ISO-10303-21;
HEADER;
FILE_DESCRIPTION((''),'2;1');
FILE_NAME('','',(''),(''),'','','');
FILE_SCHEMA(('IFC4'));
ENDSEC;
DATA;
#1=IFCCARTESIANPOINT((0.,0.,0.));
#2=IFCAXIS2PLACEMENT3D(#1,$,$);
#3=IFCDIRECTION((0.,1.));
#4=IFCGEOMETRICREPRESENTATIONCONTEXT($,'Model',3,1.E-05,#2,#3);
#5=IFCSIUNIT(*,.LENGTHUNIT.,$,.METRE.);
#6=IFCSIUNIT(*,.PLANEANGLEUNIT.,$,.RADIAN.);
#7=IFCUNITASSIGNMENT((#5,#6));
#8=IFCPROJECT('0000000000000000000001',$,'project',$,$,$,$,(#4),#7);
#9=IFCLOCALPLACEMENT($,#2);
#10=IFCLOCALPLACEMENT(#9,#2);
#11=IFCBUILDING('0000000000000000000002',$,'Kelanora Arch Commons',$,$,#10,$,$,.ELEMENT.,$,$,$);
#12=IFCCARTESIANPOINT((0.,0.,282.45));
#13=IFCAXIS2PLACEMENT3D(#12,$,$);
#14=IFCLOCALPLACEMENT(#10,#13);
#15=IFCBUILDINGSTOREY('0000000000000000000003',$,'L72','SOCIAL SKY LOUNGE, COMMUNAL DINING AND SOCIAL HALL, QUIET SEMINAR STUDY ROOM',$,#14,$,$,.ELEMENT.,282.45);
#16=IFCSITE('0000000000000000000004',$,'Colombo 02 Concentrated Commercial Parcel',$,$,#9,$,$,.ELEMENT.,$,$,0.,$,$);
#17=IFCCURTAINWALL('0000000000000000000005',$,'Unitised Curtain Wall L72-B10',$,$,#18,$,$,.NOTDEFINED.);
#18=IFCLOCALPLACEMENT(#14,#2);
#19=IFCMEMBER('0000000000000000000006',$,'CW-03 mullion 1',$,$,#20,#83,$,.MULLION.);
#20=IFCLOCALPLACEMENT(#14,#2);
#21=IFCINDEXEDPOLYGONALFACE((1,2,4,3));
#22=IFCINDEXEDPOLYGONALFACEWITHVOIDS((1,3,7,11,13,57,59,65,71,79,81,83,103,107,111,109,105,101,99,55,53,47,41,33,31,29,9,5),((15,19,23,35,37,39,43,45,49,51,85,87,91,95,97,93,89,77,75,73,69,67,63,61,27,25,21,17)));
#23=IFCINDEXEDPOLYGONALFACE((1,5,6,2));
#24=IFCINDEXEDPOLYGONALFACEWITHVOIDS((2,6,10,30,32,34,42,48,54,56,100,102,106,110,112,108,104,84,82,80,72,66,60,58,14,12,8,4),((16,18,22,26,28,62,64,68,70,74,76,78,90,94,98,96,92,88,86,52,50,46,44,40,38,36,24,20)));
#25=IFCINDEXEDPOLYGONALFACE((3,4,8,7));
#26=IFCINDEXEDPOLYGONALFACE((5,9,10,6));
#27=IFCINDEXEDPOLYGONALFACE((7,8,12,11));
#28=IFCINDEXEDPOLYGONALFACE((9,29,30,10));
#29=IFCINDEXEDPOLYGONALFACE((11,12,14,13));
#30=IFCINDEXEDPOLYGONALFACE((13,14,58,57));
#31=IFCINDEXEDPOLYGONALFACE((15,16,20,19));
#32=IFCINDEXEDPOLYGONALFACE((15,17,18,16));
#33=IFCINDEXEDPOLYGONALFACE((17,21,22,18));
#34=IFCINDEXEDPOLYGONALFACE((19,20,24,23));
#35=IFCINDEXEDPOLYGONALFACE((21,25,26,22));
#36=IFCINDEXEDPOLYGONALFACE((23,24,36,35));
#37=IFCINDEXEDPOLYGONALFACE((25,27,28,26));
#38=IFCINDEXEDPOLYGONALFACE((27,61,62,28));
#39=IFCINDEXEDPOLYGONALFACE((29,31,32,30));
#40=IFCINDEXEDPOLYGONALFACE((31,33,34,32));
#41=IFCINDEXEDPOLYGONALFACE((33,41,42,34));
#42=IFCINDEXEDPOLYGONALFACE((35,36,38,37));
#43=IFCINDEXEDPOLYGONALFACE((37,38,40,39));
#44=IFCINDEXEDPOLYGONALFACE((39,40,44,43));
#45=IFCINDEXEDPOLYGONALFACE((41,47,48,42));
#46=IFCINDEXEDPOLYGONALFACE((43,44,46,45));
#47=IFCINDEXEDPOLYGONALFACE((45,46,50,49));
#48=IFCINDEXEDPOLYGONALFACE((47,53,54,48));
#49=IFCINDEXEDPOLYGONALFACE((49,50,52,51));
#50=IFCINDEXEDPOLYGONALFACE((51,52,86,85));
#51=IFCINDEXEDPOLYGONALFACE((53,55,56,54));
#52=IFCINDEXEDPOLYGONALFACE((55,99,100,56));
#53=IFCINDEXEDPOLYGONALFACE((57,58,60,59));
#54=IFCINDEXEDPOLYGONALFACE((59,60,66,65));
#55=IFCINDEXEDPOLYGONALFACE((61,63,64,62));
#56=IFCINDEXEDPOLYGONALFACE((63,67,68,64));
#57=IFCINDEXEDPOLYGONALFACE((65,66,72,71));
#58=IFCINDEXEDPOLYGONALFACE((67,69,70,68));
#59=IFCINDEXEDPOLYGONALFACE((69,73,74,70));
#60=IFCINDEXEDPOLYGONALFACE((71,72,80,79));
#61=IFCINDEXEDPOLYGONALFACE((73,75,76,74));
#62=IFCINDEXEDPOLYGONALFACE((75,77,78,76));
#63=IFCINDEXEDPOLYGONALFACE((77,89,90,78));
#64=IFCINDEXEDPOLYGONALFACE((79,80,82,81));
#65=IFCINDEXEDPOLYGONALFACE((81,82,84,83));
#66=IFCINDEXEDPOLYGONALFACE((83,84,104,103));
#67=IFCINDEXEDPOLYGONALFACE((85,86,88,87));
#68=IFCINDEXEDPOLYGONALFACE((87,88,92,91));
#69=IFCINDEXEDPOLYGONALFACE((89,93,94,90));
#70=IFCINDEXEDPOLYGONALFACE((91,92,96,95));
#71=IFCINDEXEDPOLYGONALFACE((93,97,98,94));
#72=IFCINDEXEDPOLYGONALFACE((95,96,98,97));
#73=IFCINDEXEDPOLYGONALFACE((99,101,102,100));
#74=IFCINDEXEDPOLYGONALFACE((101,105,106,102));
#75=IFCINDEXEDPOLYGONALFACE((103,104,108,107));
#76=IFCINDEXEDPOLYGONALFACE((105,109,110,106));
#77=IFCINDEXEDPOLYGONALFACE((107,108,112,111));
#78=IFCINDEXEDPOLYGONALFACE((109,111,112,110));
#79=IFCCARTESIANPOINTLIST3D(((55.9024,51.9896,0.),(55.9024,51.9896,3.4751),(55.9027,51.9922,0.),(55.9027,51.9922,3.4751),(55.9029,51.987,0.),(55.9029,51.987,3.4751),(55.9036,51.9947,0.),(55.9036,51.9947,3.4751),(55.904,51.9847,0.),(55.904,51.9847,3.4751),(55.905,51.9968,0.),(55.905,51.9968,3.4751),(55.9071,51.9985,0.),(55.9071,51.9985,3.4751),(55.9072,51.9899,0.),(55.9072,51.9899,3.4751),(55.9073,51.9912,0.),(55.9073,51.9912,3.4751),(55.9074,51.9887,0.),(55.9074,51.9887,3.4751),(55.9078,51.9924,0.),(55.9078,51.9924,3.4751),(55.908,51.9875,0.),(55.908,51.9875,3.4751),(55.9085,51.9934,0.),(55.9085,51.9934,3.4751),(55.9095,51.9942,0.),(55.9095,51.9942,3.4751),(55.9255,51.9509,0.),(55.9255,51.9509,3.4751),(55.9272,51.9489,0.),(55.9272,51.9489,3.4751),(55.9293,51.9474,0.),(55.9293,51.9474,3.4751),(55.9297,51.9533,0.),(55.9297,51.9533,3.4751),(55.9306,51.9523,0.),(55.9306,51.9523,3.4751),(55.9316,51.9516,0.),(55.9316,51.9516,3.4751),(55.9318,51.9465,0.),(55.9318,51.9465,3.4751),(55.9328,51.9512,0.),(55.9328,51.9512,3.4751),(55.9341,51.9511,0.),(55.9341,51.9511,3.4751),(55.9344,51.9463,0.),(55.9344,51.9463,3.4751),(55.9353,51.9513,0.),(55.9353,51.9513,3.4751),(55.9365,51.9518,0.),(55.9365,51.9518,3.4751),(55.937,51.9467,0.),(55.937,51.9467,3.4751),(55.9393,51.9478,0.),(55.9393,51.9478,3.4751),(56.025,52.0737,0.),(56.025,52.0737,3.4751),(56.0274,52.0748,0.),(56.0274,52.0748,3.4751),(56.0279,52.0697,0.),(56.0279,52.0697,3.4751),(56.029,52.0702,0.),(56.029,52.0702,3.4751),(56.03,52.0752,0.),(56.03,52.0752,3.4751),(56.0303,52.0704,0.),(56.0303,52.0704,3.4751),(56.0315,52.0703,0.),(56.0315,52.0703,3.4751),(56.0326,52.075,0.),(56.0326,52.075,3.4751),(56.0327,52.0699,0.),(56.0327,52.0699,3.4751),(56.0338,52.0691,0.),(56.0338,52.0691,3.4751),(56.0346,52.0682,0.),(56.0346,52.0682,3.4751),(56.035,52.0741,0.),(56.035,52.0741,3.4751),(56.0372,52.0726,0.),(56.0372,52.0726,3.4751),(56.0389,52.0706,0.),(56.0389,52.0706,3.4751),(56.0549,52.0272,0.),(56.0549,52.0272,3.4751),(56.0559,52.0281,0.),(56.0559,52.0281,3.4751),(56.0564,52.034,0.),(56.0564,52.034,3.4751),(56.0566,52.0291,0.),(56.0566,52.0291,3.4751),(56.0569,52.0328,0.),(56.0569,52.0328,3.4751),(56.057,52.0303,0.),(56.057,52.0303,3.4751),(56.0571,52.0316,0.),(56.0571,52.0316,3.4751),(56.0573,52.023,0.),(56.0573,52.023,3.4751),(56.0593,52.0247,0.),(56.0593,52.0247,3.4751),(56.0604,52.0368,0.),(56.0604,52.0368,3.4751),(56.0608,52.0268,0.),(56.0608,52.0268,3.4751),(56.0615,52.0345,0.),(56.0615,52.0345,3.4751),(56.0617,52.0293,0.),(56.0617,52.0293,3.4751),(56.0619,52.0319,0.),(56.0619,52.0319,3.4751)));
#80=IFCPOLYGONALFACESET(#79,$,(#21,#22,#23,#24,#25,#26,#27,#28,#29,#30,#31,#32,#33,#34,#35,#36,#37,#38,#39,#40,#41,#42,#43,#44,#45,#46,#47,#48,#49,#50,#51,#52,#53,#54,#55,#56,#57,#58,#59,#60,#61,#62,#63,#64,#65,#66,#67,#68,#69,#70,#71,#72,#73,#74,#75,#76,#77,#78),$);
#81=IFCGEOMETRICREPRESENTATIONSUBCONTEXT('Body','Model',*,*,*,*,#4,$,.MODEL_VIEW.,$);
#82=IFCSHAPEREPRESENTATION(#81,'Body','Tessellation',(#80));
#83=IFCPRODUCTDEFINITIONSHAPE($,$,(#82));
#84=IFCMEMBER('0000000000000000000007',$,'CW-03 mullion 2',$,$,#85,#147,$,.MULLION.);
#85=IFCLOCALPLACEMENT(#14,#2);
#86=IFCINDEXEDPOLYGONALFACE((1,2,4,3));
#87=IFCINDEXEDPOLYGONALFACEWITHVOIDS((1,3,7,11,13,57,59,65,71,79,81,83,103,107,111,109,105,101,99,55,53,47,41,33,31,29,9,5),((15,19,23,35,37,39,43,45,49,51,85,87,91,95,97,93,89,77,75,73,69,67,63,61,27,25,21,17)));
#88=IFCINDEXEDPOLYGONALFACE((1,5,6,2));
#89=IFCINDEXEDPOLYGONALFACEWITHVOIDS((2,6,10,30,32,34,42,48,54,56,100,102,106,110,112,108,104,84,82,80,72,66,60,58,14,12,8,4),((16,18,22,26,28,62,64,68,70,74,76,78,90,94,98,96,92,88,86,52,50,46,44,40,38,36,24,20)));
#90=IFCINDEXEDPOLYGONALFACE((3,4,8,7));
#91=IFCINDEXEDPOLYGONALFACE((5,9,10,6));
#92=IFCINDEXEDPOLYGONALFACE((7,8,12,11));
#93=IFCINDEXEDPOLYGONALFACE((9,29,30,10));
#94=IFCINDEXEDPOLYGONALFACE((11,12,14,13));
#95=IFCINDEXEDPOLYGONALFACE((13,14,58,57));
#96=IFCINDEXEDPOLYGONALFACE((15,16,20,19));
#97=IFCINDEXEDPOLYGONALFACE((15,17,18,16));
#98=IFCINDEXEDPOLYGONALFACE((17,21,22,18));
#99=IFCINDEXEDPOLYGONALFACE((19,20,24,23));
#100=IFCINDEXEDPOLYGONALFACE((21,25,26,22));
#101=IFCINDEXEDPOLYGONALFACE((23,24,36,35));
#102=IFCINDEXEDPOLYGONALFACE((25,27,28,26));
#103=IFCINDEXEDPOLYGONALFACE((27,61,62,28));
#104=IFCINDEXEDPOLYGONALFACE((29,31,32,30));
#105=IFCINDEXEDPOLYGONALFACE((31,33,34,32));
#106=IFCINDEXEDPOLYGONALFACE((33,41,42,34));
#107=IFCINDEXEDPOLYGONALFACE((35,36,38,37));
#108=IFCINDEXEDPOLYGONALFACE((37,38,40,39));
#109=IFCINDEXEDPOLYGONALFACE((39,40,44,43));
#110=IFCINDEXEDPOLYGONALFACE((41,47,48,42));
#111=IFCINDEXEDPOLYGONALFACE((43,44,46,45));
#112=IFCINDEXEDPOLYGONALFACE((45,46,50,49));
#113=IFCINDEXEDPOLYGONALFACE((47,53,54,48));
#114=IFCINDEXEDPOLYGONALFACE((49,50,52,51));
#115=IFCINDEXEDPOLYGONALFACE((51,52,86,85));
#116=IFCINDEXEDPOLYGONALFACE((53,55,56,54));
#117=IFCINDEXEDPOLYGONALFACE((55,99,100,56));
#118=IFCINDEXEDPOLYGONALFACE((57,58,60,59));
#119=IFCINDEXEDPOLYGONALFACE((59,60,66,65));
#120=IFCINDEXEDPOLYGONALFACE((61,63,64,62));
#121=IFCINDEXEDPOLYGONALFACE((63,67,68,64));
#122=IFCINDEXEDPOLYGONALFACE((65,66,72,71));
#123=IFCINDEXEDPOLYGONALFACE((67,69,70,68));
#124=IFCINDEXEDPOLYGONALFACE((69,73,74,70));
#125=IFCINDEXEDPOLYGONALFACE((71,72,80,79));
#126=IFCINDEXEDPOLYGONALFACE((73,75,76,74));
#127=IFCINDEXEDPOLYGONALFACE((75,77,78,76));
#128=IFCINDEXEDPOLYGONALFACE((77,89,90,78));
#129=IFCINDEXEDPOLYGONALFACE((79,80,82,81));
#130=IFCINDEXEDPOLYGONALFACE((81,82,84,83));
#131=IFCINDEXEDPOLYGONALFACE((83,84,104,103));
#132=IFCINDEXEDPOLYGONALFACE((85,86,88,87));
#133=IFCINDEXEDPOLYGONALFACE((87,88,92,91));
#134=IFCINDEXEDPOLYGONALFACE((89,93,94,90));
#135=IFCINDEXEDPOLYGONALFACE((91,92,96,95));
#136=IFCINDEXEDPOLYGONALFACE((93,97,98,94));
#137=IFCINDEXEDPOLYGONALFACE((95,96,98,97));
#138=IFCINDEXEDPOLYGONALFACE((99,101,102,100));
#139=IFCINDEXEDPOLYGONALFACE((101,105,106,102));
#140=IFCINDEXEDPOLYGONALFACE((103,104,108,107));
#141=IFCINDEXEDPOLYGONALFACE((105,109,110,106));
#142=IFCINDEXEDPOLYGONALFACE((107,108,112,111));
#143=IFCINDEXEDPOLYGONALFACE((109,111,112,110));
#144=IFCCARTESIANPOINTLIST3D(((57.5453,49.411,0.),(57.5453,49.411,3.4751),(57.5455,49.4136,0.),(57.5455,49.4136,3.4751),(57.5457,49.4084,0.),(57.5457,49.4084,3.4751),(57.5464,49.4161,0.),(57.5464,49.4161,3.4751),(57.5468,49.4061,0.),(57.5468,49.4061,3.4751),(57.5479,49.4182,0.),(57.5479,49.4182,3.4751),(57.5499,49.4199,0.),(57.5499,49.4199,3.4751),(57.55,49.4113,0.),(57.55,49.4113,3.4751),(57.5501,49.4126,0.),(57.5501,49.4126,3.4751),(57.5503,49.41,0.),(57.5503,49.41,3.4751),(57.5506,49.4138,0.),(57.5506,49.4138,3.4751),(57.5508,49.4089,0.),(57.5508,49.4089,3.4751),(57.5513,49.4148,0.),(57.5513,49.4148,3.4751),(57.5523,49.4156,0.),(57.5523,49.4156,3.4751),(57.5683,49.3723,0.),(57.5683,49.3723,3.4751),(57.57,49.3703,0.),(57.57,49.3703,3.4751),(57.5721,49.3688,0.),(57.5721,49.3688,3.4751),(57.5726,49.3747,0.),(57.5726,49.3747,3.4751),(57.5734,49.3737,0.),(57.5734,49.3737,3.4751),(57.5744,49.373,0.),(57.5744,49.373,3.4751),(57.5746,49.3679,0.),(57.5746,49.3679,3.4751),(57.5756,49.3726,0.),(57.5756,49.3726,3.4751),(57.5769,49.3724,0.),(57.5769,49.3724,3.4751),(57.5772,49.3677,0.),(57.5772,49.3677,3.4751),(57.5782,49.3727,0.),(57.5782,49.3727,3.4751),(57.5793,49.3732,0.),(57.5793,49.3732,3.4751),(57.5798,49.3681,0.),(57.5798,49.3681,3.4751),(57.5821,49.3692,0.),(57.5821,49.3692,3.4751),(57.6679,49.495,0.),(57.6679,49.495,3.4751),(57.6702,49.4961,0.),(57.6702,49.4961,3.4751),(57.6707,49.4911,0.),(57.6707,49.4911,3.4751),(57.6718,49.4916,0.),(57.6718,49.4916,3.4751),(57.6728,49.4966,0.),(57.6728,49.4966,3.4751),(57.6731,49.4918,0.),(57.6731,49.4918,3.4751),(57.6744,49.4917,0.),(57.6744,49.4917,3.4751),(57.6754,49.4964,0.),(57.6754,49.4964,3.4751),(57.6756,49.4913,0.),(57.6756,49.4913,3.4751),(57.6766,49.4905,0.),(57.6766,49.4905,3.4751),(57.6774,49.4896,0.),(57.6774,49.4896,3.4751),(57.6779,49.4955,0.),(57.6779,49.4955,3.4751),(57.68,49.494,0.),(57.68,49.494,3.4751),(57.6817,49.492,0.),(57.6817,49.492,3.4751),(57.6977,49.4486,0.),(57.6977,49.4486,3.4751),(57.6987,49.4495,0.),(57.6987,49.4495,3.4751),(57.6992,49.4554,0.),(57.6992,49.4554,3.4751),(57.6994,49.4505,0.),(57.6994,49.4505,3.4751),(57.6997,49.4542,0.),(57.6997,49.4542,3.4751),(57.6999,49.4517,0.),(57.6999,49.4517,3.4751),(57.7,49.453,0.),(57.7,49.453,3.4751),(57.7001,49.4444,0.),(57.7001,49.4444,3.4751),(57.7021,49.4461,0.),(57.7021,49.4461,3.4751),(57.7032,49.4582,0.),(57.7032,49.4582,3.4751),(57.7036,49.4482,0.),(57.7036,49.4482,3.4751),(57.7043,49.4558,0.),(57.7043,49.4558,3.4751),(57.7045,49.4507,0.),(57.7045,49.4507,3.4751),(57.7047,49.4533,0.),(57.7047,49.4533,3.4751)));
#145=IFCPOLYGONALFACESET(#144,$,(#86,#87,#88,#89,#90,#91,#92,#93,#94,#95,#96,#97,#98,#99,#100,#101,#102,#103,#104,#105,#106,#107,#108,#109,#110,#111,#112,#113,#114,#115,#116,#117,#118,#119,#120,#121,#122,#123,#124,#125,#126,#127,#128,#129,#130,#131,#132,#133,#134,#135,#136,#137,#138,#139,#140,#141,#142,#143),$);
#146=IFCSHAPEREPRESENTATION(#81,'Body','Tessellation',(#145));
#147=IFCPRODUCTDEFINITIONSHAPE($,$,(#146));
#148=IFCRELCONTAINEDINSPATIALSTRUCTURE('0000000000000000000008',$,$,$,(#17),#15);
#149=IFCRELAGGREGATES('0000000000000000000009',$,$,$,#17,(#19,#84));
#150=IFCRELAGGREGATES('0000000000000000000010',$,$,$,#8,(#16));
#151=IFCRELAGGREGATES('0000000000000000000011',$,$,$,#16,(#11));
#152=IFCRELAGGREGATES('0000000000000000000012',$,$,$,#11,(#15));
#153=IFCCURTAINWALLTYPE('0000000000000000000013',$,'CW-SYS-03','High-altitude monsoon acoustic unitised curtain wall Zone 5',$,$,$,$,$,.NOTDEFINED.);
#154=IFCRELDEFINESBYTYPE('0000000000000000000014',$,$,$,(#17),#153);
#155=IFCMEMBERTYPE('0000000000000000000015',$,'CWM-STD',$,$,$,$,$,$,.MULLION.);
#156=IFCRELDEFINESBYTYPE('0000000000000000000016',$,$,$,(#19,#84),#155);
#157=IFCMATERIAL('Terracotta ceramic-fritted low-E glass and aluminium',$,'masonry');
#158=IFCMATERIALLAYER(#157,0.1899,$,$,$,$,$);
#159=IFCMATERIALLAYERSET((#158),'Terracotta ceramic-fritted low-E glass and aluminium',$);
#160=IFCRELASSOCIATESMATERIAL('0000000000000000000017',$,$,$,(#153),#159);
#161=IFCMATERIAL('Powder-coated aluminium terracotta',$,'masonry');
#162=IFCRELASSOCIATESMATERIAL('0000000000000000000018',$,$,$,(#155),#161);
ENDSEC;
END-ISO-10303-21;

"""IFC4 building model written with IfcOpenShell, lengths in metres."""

from ifc_helpers import new_model, si_unit, direction, frame, origin, origin_2d, place, context, subcontext, project, spatial, hollow_rectangle, extrude, material, layer, layer_set, material_profile, profile_set, type_object, element, aggregate, save


model = new_model("IFC4")

# Units and contexts
model_context = context("Model", 3, precision=1e-05, world=origin(), true_north=direction((0.0, 1.0)))
body_context = subcontext(model_context, "Body", "Model", "MODEL_VIEW")
ifc_project = project(units=[si_unit("LENGTHUNIT", "METRE"), si_unit("PLANEANGLEUNIT", "RADIAN")], contexts=[model_context])

# Site, building, storey
site_placement = place(None, origin())
site = spatial("IfcSite", under=ifc_project, at=site_placement, Name="Colombo 02 Concentrated Commercial Parcel", CompositionType="ELEMENT", RefElevation=0.0)
building_placement = place(site_placement, origin())
building = spatial("IfcBuilding", under=site, at=building_placement, Name="Kelanora Arch Commons", CompositionType="ELEMENT")
storey_placement = place(building_placement, frame((0.0, 0.0, 282.45)))
storey = spatial("IfcBuildingStorey", under=building, at=storey_placement, Name="L72", Description="SOCIAL SKY LOUNGE, COMMUNAL DINING AND SOCIAL HALL, QUIET SEMINAR STUDY ROOM", CompositionType="ELEMENT", Elevation=282.45)

# Curtain wall, members
ifc_material_1 = material(Name="Terracotta ceramic-fritted low-E glass and aluminium", Category="masonry")
ifc_layer_1 = layer(ifc_material_1, 0.1899)
ifc_layer_set_1 = layer_set([ifc_layer_1], Name="Terracotta ceramic-fritted low-E glass and aluminium")
curtain_wall_type = type_object("IfcCurtainWallType", Name="CW-SYS-03", Description="High-altitude monsoon acoustic unitised curtain wall Zone 5", PredefinedType="NOTDEFINED", material=ifc_layer_set_1)
curtain_wall_placement = place(storey_placement, origin())
curtain_wall = element("IfcCurtainWall", 1, at=curtain_wall_placement, inside=storey, type_object=curtain_wall_type, Name="Unitised Curtain Wall L72-B10", PredefinedType="NOTDEFINED")
ifc_material_2 = material(Name="Powder-coated aluminium terracotta", Category="masonry")
ifc_material_profile_1 = material_profile(ifc_material_2, hollow_rectangle(XDim=0.1599, YDim=0.0601, WallThickness=0.0049, InnerFilletRadius=0.0049, OuterFilletRadius=0.01, at=origin_2d()), Name="CWM160x60")
ifc_profile_set_1 = profile_set([ifc_material_profile_1], Name="Powder-coated aluminium terracotta")
member_type_1 = type_object("IfcMemberType", Name="CWM-STD", PredefinedType="MULLION", material=ifc_profile_set_1)
member_1_placement = place(storey_placement, frame((55.9822, 52.0107, 0.0), z_axis=(0.0, 0.0, 1.0), x_axis=(0.843391, 0.5373, 0.0)))
member_1 = element("IfcMember", 2, at=member_1_placement, type_object=member_type_1, Name="CW-03 mullion 1", PredefinedType="MULLION", context=body_context, shape_type="SweptSolid", body=[
    extrude(hollow_rectangle(XDim=0.1599, YDim=0.0601, WallThickness=0.0049, InnerFilletRadius=0.0049, OuterFilletRadius=0.01, at=origin_2d()), origin(), (0.0, 0.0, 1.0), 3.4751),
])
member_2_placement = place(storey_placement, frame((57.625, 49.4321, 0.0), z_axis=(0.0, 0.0, 1.0), x_axis=(0.843391, 0.5373, 0.0)))
member_2 = element("IfcMember", 3, at=member_2_placement, type_object=member_type_1, Name="CW-03 mullion 2", PredefinedType="MULLION", context=body_context, shape_type="SweptSolid", body=[
    extrude(hollow_rectangle(XDim=0.1599, YDim=0.0601, WallThickness=0.0049, InnerFilletRadius=0.0049, OuterFilletRadius=0.01, at=origin_2d()), origin(), (0.0, 0.0, 1.0), 3.4751),
])

aggregate(curtain_wall, [member_1, member_2])

save(model, "model.ifc")
